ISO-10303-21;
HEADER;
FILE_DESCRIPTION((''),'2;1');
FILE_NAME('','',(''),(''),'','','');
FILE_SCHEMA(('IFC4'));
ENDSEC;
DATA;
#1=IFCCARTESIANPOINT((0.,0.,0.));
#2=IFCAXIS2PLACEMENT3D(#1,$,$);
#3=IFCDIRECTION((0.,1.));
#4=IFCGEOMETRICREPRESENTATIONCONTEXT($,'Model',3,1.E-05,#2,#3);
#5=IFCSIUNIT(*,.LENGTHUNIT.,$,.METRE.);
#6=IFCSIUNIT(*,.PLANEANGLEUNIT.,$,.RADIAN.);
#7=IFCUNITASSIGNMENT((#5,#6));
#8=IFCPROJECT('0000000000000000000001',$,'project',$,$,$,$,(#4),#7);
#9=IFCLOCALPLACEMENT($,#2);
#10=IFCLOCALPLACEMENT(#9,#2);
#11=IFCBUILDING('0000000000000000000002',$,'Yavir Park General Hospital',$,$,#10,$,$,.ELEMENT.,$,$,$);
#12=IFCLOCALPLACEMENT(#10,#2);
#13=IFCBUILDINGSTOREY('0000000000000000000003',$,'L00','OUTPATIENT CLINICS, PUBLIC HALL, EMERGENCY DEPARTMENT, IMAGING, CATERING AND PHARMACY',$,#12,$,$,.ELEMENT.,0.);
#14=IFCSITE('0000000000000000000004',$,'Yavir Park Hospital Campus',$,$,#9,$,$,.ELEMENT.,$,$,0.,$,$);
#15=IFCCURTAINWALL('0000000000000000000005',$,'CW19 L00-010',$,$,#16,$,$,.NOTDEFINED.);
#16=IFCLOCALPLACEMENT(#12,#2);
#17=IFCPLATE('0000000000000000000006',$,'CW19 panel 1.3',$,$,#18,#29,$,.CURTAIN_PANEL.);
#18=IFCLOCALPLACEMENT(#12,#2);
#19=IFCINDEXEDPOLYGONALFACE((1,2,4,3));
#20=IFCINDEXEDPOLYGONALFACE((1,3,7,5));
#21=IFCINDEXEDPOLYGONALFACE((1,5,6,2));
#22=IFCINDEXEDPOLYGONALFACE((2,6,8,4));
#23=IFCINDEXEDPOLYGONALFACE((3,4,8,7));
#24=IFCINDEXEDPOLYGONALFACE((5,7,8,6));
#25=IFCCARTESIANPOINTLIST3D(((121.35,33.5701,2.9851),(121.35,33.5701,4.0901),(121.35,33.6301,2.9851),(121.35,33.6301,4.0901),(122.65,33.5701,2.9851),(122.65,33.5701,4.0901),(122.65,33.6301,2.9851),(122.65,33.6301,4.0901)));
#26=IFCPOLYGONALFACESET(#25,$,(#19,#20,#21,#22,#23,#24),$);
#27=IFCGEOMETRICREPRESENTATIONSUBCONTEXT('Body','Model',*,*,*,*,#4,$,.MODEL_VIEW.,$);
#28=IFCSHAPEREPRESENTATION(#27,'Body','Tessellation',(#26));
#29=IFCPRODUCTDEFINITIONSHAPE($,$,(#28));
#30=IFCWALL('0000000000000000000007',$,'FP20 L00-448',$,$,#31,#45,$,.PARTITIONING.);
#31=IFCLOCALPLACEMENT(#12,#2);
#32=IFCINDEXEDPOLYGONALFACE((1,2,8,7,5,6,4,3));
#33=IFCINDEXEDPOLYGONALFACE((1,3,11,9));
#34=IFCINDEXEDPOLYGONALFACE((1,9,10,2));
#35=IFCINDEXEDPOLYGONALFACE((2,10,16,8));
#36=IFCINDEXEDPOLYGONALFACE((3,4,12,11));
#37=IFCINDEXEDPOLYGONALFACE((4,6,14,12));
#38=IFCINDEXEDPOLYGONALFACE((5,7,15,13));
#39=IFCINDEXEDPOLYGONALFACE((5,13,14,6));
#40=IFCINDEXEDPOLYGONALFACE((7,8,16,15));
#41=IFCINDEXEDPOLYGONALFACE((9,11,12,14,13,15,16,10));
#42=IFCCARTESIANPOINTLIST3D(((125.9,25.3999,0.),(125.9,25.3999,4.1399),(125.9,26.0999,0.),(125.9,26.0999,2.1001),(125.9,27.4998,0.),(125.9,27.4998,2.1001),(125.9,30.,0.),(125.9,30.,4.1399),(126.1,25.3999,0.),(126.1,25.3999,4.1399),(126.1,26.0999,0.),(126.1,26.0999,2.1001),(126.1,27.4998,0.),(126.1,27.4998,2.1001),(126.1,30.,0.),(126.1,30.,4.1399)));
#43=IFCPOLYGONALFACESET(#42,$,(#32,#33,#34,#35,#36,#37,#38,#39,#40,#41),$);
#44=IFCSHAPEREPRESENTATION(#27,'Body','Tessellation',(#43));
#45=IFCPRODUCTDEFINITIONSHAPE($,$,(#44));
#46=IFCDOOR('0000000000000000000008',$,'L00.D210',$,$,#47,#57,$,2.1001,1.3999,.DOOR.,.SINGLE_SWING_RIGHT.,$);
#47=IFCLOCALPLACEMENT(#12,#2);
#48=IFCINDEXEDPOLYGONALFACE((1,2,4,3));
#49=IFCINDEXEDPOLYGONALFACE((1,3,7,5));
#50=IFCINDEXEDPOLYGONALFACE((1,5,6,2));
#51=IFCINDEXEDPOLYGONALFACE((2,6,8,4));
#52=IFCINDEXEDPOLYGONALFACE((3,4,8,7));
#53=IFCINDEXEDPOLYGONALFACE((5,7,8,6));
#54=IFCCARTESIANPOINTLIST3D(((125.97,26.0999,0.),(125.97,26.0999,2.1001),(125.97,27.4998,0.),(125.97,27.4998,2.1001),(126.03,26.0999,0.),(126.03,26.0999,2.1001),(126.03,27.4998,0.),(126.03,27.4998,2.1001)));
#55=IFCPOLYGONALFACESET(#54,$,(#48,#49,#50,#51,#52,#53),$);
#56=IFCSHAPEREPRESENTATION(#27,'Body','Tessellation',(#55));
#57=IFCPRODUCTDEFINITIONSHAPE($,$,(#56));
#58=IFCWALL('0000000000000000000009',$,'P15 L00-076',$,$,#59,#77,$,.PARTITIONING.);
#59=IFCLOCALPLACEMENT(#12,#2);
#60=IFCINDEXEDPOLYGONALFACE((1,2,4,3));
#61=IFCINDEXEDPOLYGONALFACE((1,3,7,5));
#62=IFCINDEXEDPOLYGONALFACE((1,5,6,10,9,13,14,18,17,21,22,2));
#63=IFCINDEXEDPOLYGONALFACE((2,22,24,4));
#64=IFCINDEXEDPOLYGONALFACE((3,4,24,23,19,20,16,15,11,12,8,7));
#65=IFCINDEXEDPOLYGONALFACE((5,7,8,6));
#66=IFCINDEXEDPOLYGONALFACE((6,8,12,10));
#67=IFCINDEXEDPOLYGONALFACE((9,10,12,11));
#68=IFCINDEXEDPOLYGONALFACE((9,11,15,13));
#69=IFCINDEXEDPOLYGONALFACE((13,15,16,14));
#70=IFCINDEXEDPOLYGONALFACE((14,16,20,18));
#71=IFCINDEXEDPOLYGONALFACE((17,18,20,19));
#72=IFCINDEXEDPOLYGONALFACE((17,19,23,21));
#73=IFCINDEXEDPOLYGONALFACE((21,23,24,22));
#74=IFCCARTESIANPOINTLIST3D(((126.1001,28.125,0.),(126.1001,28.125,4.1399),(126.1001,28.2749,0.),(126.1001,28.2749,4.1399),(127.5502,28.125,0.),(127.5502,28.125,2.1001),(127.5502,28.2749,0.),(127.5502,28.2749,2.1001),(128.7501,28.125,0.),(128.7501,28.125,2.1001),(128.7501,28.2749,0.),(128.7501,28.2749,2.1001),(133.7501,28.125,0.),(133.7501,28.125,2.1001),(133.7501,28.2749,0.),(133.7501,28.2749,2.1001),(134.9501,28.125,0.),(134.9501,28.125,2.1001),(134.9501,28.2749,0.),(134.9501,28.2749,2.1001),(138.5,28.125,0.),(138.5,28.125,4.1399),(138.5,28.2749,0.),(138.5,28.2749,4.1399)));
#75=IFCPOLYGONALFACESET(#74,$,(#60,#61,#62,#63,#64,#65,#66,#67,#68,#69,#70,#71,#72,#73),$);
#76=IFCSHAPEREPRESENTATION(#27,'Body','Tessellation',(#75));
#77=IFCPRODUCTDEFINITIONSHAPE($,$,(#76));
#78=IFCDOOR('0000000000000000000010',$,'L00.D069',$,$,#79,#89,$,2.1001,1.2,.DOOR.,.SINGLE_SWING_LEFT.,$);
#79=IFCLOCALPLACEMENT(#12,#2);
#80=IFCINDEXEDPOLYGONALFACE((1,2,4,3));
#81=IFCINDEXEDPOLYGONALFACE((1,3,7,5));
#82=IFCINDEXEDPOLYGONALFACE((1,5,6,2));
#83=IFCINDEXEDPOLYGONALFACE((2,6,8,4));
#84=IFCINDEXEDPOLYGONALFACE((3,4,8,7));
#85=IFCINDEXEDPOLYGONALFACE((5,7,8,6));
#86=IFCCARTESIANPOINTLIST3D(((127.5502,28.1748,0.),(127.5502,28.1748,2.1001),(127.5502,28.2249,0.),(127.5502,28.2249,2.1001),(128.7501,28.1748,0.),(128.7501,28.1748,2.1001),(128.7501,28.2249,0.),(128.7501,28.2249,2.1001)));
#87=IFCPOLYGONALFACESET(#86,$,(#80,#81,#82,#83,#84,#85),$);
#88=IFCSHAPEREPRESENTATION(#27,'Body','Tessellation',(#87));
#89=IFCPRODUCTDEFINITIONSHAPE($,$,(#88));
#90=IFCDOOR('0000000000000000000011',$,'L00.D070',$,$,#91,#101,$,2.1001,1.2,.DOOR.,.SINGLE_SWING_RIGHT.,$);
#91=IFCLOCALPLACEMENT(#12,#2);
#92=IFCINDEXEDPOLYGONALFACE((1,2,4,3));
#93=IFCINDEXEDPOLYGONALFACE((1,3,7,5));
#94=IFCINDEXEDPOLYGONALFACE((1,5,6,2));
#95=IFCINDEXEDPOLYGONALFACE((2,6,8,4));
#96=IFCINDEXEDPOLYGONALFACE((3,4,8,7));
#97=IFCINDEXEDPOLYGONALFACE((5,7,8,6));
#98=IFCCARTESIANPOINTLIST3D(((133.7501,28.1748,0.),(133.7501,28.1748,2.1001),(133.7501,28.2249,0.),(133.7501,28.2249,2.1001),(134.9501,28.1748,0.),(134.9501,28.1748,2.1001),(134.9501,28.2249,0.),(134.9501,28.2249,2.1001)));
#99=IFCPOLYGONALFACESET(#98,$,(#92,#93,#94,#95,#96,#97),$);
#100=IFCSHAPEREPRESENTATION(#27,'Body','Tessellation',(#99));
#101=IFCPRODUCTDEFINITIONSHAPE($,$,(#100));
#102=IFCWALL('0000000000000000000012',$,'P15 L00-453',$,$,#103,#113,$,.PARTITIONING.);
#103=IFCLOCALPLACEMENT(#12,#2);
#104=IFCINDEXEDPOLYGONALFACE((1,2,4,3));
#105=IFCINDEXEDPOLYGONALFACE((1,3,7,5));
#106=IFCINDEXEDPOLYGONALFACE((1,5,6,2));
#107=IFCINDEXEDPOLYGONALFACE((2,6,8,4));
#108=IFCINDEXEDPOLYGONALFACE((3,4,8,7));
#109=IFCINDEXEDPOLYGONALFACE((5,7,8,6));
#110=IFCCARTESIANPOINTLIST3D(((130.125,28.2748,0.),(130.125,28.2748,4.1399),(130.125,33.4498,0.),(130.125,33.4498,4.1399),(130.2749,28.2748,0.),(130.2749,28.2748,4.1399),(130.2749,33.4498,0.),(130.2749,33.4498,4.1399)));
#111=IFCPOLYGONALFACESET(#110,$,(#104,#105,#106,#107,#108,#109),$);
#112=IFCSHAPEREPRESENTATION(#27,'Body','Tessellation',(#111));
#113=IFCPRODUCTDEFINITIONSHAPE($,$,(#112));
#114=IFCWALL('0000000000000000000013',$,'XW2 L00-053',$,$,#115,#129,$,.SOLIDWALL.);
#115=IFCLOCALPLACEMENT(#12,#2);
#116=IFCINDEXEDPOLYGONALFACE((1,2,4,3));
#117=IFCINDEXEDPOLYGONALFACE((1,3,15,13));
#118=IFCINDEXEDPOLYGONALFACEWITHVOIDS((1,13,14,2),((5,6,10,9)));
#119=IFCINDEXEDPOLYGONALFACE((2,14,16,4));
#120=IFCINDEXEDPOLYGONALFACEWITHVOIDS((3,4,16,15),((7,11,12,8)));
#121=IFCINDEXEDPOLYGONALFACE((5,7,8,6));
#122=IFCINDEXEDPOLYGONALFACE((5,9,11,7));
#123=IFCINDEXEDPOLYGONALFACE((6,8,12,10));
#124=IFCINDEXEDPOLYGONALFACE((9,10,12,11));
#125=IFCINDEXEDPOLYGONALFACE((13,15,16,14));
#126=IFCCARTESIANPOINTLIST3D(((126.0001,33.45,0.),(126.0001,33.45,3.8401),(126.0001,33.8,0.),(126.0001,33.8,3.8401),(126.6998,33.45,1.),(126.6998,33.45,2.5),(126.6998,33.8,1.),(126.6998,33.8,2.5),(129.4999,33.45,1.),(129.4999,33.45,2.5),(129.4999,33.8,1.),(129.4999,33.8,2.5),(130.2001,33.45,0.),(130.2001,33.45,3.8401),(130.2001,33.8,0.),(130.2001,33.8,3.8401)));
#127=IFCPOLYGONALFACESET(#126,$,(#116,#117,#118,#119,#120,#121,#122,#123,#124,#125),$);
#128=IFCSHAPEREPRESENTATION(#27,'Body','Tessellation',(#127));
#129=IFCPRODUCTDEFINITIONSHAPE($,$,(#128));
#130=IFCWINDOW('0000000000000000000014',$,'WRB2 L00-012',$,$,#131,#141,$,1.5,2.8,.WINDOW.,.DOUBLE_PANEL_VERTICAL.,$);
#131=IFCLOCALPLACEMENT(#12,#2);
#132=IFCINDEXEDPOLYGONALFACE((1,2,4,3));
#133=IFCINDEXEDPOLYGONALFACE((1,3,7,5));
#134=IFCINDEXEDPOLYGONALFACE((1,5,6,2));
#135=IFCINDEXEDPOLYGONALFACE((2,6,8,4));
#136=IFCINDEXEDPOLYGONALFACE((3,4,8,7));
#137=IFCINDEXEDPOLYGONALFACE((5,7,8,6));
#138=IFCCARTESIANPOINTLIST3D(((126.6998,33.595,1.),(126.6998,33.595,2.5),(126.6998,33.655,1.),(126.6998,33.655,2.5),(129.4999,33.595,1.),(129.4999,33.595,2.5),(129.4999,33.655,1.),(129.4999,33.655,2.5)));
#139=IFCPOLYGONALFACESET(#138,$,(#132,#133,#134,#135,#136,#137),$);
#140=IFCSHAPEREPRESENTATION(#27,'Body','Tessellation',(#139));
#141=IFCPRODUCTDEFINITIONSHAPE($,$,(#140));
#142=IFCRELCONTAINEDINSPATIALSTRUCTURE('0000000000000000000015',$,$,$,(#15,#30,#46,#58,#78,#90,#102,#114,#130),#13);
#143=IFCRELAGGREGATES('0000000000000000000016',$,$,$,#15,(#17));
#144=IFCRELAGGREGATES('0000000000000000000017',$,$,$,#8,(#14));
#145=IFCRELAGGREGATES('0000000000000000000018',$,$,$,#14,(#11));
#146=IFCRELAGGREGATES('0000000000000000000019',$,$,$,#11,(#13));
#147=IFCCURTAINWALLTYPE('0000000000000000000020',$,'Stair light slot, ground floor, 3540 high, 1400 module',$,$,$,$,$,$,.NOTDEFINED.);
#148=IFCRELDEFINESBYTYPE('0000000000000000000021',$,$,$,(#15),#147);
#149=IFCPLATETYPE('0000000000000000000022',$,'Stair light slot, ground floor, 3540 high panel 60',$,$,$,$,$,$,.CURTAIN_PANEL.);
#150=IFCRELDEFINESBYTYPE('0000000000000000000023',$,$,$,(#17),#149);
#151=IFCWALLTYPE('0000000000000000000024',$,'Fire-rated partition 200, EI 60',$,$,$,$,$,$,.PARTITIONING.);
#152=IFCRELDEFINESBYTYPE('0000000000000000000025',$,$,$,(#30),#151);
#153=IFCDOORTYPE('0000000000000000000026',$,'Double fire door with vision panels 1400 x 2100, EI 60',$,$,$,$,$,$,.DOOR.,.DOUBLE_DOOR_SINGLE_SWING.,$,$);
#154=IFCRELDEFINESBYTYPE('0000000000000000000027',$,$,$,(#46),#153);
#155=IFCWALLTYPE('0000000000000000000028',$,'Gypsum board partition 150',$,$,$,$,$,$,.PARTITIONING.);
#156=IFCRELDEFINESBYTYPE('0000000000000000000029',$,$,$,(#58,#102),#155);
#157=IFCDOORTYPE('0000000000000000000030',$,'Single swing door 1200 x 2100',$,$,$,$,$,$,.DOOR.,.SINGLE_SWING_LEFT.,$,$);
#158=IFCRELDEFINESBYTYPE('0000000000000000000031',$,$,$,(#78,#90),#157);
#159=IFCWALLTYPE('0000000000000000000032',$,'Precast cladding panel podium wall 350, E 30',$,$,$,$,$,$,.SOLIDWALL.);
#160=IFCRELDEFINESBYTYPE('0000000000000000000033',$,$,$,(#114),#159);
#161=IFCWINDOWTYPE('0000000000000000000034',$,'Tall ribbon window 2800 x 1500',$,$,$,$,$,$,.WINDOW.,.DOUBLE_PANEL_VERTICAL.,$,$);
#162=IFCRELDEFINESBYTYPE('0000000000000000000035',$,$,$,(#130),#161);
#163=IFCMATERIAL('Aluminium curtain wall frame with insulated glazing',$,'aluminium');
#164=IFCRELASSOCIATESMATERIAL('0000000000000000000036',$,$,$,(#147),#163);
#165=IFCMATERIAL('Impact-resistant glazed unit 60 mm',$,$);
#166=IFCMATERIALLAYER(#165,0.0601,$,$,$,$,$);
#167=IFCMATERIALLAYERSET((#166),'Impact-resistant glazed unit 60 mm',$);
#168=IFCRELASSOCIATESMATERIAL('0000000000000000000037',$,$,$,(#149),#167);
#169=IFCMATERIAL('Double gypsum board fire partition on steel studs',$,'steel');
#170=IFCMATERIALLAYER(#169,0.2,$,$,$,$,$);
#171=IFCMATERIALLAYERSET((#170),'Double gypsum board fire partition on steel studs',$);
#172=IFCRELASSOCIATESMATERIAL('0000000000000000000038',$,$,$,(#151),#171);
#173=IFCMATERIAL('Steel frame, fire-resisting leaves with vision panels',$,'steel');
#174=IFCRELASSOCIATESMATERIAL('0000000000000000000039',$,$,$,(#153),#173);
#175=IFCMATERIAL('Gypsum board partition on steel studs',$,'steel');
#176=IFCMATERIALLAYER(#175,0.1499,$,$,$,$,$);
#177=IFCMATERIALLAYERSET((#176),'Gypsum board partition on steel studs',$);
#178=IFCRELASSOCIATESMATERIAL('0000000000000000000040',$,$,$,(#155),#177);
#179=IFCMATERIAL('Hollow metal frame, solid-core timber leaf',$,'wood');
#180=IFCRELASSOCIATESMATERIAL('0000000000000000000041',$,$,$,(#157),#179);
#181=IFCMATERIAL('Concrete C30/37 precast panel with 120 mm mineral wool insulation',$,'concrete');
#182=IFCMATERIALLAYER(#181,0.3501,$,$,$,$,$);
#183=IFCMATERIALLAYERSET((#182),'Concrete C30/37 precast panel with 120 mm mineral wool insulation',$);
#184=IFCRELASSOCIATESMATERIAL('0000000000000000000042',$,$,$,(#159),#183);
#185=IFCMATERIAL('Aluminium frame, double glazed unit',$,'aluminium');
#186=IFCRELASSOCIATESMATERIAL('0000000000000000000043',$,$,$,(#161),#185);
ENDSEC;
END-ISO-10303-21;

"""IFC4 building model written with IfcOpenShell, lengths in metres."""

from ifc_helpers import new_model, si_unit, direction, frame, frame_2d, origin, origin_2d, place, context, subcontext, project, spatial, rectangle, extrude, material, layer, layer_set, type_object, element, fill, aggregate, save


model = new_model("IFC4")

# Units and contexts
model_context = context("Model", 3, precision=1e-05, world=origin(), true_north=direction((0.0, 1.0)))
body_context = subcontext(model_context, "Body", "Model", "MODEL_VIEW")
ifc_project = project(units=[si_unit("LENGTHUNIT", "METRE"), si_unit("PLANEANGLEUNIT", "RADIAN")], contexts=[model_context])

# Site, building, storey
site_placement = place(None, origin())
site = spatial("IfcSite", under=ifc_project, at=site_placement, Name="Yavir Park Hospital Campus", CompositionType="ELEMENT", RefElevation=0.0)
building_placement = place(site_placement, origin())
building = spatial("IfcBuilding", under=site, at=building_placement, Name="Yavir Park General Hospital", CompositionType="ELEMENT")
storey_placement = place(building_placement, origin())
storey = spatial("IfcBuildingStorey", under=building, at=storey_placement, Name="L00", Description="OUTPATIENT CLINICS, PUBLIC HALL, EMERGENCY DEPARTMENT, IMAGING, CATERING AND PHARMACY", CompositionType="ELEMENT", Elevation=0.0)

# Curtain wall, plate
ifc_material_1 = material(Name="Aluminium curtain wall frame with insulated glazing", Category="aluminium")
curtain_wall_type = type_object("IfcCurtainWallType", Name="Stair light slot, ground floor, 3540 high, 1400 module", PredefinedType="NOTDEFINED", material=ifc_material_1)
curtain_wall_placement = place(storey_placement, origin())
curtain_wall = element("IfcCurtainWall", 1, at=curtain_wall_placement, inside=storey, type_object=curtain_wall_type, Name="CW19 L00-010", PredefinedType="NOTDEFINED")
ifc_material_2 = material(Name="Impact-resistant glazed unit 60 mm")
ifc_layer_1 = layer(ifc_material_2, 0.0601)
ifc_layer_set_1 = layer_set([ifc_layer_1], Name="Impact-resistant glazed unit 60 mm")
plate_type = type_object("IfcPlateType", Name="Stair light slot, ground floor, 3540 high panel 60", PredefinedType="CURTAIN_PANEL", material=ifc_layer_set_1)
plate_placement = place(storey_placement, frame((122.0, 33.6001, 2.9851), z_axis=(0.0, 0.0, 1.0), x_axis=(1.0, 0.0, 0.0)))
plate = element("IfcPlate", 2, at=plate_placement, type_object=plate_type, Name="CW19 panel 1.3", PredefinedType="CURTAIN_PANEL", context=body_context, shape_type="SweptSolid", body=[
    extrude(rectangle(XDim=1.3, YDim=0.0601, at=origin_2d()), origin(), (0.0, 0.0, 1.0), 1.105),
])
aggregate(curtain_wall, [plate])

# Wall, opening, door
ifc_material_3 = material(Name="Double gypsum board fire partition on steel studs", Category="steel")
ifc_layer_2 = layer(ifc_material_3, 0.2)
ifc_layer_set_2 = layer_set([ifc_layer_2], Name="Double gypsum board fire partition on steel studs")
wall_type_1 = type_object("IfcWallType", Name="Fire-rated partition 200, EI 60", PredefinedType="PARTITIONING", material=ifc_layer_set_2)
wall_1_placement = place(storey_placement, frame((126.0, 25.3999, 0.0), z_axis=(0.0, 0.0, 1.0), x_axis=(0.0, 1.0, 0.0)))
wall_1 = element("IfcWall", 3, at=wall_1_placement, inside=storey, type_object=wall_type_1, Name="FP20 L00-448", PredefinedType="PARTITIONING", context=body_context, shape_type="SweptSolid", body=[
    extrude(rectangle(XDim=4.6001, YDim=0.2, at=frame_2d((2.3, 0.0))), origin(), (0.0, 0.0, 1.0), 4.1399),
])
opening_1_placement = place(wall_1_placement, frame((0.7, 0.0, 0.0)))
opening_1 = element("IfcOpeningElement", 4, at=opening_1_placement, cuts=wall_1, PredefinedType="OPENING", context=body_context, shape_type="SweptSolid", body=[
    extrude(rectangle(XDim=1.3999, YDim=2.1001, at=frame_2d((0.7, 1.05))), frame((0.0, 0.1099, 0.0), z_axis=(0.0, -1.0, 0.0), x_axis=(1.0, 0.0, 0.0)), (0.0, 0.0, 1.0), 0.22),
])
ifc_material_4 = material(Name="Steel frame, fire-resisting leaves with vision panels", Category="steel")
door_type_1 = type_object("IfcDoorType", Name="Double fire door with vision panels 1400 x 2100, EI 60", OperationType="DOUBLE_DOOR_SINGLE_SWING", PredefinedType="DOOR", material=ifc_material_4)
door_1_placement = place(opening_1_placement, origin())
door_1 = element("IfcDoor", 5, at=door_1_placement, inside=storey, type_object=door_type_1, Name="L00.D210", OperationType="SINGLE_SWING_RIGHT", OverallHeight=2.1001, OverallWidth=1.3999, PredefinedType="DOOR", context=body_context, shape_type="SweptSolid", body=[
    extrude(rectangle(XDim=1.3999, YDim=2.1001, at=frame_2d((0.7, 1.05))), frame((0.0, 0.03, 0.0), z_axis=(0.0, -1.0, 0.0), x_axis=(1.0, 0.0, 0.0)), (0.0, 0.0, 1.0), 0.0601),
])
fill(opening_1, door_1)

# Wall, openings, doors
ifc_material_5 = material(Name="Gypsum board partition on steel studs", Category="steel")
ifc_layer_3 = layer(ifc_material_5, 0.1499)
ifc_layer_set_3 = layer_set([ifc_layer_3], Name="Gypsum board partition on steel studs")
wall_type_2 = type_object("IfcWallType", Name="Gypsum board partition 150", PredefinedType="PARTITIONING", material=ifc_layer_set_3)
wall_2_placement = place(storey_placement, frame((126.1001, 28.2, 0.0), z_axis=(0.0, 0.0, 1.0), x_axis=(1.0, 0.0, 0.0)))
wall_2 = element("IfcWall", 6, at=wall_2_placement, inside=storey, type_object=wall_type_2, Name="P15 L00-076", PredefinedType="PARTITIONING", context=body_context, shape_type="SweptSolid", body=[
    extrude(rectangle(XDim=12.3999, YDim=0.1499, at=frame_2d((6.2, 0.0))), origin(), (0.0, 0.0, 1.0), 4.1399),
])
opening_2_placement = place(wall_2_placement, frame((1.45, 0.0, 0.0)))
opening_2 = element("IfcOpeningElement", 7, at=opening_2_placement, cuts=wall_2, PredefinedType="OPENING", context=body_context, shape_type="SweptSolid", body=[
    extrude(rectangle(XDim=1.2, YDim=2.1001, at=frame_2d((0.6001, 1.05))), frame((0.0, 0.085, 0.0), z_axis=(0.0, -1.0, 0.0), x_axis=(1.0, 0.0, 0.0)), (0.0, 0.0, 1.0), 0.1699),
])
opening_3_placement = place(wall_2_placement, frame((7.6499, 0.0, 0.0)))
opening_3 = element("IfcOpeningElement", 8, at=opening_3_placement, cuts=wall_2, PredefinedType="OPENING", context=body_context, shape_type="SweptSolid", body=[
    extrude(rectangle(XDim=1.2, YDim=2.1001, at=frame_2d((0.6001, 1.05))), frame((0.0, 0.085, 0.0), z_axis=(0.0, -1.0, 0.0), x_axis=(1.0, 0.0, 0.0)), (0.0, 0.0, 1.0), 0.1699),
])
ifc_material_6 = material(Name="Hollow metal frame, solid-core timber leaf", Category="wood")
door_type_2 = type_object("IfcDoorType", Name="Single swing door 1200 x 2100", OperationType="SINGLE_SWING_LEFT", PredefinedType="DOOR", material=ifc_material_6)
door_2_placement = place(opening_2_placement, origin())
door_2 = element("IfcDoor", 9, at=door_2_placement, inside=storey, type_object=door_type_2, Name="L00.D069", OperationType="SINGLE_SWING_LEFT", OverallHeight=2.1001, OverallWidth=1.2, PredefinedType="DOOR", context=body_context, shape_type="SweptSolid", body=[
    extrude(rectangle(XDim=1.2, YDim=2.1001, at=frame_2d((0.6001, 1.05))), frame((0.0, 0.0249, 0.0), z_axis=(0.0, -1.0, 0.0), x_axis=(1.0, 0.0, 0.0)), (0.0, 0.0, 1.0), 0.05),
])
fill(opening_2, door_2)
door_3_placement = place(opening_3_placement, origin())
door_3 = element("IfcDoor", 10, at=door_3_placement, inside=storey, type_object=door_type_2, Name="L00.D070", OperationType="SINGLE_SWING_RIGHT", OverallHeight=2.1001, OverallWidth=1.2, PredefinedType="DOOR", context=body_context, shape_type="SweptSolid", body=[
    extrude(rectangle(XDim=1.2, YDim=2.1001, at=frame_2d((0.6001, 1.05))), frame((0.0, 0.0249, 0.0), z_axis=(0.0, -1.0, 0.0), x_axis=(1.0, 0.0, 0.0)), (0.0, 0.0, 1.0), 0.05),
])
fill(opening_3, door_3)

# Wall
wall_3_placement = place(storey_placement, frame((130.2, 28.2749, 0.0), z_axis=(0.0, 0.0, 1.0), x_axis=(0.0, 1.0, 0.0)))
element("IfcWall", 11, at=wall_3_placement, inside=storey, type_object=wall_type_2, Name="P15 L00-453", PredefinedType="PARTITIONING", context=body_context, shape_type="SweptSolid", body=[
    extrude(rectangle(XDim=5.175, YDim=0.1499, at=frame_2d((2.5874, 0.0))), origin(), (0.0, 0.0, 1.0), 4.1399),
])

# Wall, opening, window
ifc_material_7 = material(Name="Concrete C30/37 precast panel with 120 mm mineral wool insulation", Category="concrete")
ifc_layer_4 = layer(ifc_material_7, 0.3501)
ifc_layer_set_4 = layer_set([ifc_layer_4], Name="Concrete C30/37 precast panel with 120 mm mineral wool insulation")
wall_type_3 = type_object("IfcWallType", Name="Precast cladding panel podium wall 350, E 30", PredefinedType="SOLIDWALL", material=ifc_layer_set_4)
wall_4_placement = place(storey_placement, frame((126.0, 33.625, 0.0), z_axis=(0.0, 0.0, 1.0), x_axis=(1.0, 0.0, 0.0)))
wall_4 = element("IfcWall", 12, at=wall_4_placement, inside=storey, type_object=wall_type_3, Name="XW2 L00-053", PredefinedType="SOLIDWALL", context=body_context, shape_type="SweptSolid", body=[
    extrude(rectangle(XDim=4.2, YDim=0.3501, at=frame_2d((2.1001, 0.0))), origin(), (0.0, 0.0, 1.0), 3.8401),
])
opening_4_placement = place(wall_4_placement, frame((0.7, 0.0, 1.0)))
opening_4 = element("IfcOpeningElement", 13, at=opening_4_placement, cuts=wall_4, PredefinedType="OPENING", context=body_context, shape_type="SweptSolid", body=[
    extrude(rectangle(XDim=2.8, YDim=1.5, at=frame_2d((1.3999, 0.75))), frame((0.0, 0.1851, 0.0), z_axis=(0.0, -1.0, 0.0), x_axis=(1.0, 0.0, 0.0)), (0.0, 0.0, 1.0), 0.3701),
])
ifc_material_8 = material(Name="Aluminium frame, double glazed unit", Category="aluminium")
window_type = type_object("IfcWindowType", Name="Tall ribbon window 2800 x 1500", PartitioningType="DOUBLE_PANEL_VERTICAL", PredefinedType="WINDOW", material=ifc_material_8)
window_1_placement = place(opening_4_placement, origin())
window_1 = element("IfcWindow", 14, at=window_1_placement, inside=storey, type_object=window_type, Name="WRB2 L00-012", OverallHeight=1.5, OverallWidth=2.8, PartitioningType="DOUBLE_PANEL_VERTICAL", PredefinedType="WINDOW", context=body_context, shape_type="SweptSolid", body=[
    extrude(rectangle(XDim=2.8, YDim=1.5, at=frame_2d((1.3999, 0.75))), frame((0.0, 0.03, 0.0), z_axis=(0.0, -1.0, 0.0), x_axis=(1.0, 0.0, 0.0)), (0.0, 0.0, 1.0), 0.0601),
])
fill(opening_4, window_1)

save(model, "model.ifc")
